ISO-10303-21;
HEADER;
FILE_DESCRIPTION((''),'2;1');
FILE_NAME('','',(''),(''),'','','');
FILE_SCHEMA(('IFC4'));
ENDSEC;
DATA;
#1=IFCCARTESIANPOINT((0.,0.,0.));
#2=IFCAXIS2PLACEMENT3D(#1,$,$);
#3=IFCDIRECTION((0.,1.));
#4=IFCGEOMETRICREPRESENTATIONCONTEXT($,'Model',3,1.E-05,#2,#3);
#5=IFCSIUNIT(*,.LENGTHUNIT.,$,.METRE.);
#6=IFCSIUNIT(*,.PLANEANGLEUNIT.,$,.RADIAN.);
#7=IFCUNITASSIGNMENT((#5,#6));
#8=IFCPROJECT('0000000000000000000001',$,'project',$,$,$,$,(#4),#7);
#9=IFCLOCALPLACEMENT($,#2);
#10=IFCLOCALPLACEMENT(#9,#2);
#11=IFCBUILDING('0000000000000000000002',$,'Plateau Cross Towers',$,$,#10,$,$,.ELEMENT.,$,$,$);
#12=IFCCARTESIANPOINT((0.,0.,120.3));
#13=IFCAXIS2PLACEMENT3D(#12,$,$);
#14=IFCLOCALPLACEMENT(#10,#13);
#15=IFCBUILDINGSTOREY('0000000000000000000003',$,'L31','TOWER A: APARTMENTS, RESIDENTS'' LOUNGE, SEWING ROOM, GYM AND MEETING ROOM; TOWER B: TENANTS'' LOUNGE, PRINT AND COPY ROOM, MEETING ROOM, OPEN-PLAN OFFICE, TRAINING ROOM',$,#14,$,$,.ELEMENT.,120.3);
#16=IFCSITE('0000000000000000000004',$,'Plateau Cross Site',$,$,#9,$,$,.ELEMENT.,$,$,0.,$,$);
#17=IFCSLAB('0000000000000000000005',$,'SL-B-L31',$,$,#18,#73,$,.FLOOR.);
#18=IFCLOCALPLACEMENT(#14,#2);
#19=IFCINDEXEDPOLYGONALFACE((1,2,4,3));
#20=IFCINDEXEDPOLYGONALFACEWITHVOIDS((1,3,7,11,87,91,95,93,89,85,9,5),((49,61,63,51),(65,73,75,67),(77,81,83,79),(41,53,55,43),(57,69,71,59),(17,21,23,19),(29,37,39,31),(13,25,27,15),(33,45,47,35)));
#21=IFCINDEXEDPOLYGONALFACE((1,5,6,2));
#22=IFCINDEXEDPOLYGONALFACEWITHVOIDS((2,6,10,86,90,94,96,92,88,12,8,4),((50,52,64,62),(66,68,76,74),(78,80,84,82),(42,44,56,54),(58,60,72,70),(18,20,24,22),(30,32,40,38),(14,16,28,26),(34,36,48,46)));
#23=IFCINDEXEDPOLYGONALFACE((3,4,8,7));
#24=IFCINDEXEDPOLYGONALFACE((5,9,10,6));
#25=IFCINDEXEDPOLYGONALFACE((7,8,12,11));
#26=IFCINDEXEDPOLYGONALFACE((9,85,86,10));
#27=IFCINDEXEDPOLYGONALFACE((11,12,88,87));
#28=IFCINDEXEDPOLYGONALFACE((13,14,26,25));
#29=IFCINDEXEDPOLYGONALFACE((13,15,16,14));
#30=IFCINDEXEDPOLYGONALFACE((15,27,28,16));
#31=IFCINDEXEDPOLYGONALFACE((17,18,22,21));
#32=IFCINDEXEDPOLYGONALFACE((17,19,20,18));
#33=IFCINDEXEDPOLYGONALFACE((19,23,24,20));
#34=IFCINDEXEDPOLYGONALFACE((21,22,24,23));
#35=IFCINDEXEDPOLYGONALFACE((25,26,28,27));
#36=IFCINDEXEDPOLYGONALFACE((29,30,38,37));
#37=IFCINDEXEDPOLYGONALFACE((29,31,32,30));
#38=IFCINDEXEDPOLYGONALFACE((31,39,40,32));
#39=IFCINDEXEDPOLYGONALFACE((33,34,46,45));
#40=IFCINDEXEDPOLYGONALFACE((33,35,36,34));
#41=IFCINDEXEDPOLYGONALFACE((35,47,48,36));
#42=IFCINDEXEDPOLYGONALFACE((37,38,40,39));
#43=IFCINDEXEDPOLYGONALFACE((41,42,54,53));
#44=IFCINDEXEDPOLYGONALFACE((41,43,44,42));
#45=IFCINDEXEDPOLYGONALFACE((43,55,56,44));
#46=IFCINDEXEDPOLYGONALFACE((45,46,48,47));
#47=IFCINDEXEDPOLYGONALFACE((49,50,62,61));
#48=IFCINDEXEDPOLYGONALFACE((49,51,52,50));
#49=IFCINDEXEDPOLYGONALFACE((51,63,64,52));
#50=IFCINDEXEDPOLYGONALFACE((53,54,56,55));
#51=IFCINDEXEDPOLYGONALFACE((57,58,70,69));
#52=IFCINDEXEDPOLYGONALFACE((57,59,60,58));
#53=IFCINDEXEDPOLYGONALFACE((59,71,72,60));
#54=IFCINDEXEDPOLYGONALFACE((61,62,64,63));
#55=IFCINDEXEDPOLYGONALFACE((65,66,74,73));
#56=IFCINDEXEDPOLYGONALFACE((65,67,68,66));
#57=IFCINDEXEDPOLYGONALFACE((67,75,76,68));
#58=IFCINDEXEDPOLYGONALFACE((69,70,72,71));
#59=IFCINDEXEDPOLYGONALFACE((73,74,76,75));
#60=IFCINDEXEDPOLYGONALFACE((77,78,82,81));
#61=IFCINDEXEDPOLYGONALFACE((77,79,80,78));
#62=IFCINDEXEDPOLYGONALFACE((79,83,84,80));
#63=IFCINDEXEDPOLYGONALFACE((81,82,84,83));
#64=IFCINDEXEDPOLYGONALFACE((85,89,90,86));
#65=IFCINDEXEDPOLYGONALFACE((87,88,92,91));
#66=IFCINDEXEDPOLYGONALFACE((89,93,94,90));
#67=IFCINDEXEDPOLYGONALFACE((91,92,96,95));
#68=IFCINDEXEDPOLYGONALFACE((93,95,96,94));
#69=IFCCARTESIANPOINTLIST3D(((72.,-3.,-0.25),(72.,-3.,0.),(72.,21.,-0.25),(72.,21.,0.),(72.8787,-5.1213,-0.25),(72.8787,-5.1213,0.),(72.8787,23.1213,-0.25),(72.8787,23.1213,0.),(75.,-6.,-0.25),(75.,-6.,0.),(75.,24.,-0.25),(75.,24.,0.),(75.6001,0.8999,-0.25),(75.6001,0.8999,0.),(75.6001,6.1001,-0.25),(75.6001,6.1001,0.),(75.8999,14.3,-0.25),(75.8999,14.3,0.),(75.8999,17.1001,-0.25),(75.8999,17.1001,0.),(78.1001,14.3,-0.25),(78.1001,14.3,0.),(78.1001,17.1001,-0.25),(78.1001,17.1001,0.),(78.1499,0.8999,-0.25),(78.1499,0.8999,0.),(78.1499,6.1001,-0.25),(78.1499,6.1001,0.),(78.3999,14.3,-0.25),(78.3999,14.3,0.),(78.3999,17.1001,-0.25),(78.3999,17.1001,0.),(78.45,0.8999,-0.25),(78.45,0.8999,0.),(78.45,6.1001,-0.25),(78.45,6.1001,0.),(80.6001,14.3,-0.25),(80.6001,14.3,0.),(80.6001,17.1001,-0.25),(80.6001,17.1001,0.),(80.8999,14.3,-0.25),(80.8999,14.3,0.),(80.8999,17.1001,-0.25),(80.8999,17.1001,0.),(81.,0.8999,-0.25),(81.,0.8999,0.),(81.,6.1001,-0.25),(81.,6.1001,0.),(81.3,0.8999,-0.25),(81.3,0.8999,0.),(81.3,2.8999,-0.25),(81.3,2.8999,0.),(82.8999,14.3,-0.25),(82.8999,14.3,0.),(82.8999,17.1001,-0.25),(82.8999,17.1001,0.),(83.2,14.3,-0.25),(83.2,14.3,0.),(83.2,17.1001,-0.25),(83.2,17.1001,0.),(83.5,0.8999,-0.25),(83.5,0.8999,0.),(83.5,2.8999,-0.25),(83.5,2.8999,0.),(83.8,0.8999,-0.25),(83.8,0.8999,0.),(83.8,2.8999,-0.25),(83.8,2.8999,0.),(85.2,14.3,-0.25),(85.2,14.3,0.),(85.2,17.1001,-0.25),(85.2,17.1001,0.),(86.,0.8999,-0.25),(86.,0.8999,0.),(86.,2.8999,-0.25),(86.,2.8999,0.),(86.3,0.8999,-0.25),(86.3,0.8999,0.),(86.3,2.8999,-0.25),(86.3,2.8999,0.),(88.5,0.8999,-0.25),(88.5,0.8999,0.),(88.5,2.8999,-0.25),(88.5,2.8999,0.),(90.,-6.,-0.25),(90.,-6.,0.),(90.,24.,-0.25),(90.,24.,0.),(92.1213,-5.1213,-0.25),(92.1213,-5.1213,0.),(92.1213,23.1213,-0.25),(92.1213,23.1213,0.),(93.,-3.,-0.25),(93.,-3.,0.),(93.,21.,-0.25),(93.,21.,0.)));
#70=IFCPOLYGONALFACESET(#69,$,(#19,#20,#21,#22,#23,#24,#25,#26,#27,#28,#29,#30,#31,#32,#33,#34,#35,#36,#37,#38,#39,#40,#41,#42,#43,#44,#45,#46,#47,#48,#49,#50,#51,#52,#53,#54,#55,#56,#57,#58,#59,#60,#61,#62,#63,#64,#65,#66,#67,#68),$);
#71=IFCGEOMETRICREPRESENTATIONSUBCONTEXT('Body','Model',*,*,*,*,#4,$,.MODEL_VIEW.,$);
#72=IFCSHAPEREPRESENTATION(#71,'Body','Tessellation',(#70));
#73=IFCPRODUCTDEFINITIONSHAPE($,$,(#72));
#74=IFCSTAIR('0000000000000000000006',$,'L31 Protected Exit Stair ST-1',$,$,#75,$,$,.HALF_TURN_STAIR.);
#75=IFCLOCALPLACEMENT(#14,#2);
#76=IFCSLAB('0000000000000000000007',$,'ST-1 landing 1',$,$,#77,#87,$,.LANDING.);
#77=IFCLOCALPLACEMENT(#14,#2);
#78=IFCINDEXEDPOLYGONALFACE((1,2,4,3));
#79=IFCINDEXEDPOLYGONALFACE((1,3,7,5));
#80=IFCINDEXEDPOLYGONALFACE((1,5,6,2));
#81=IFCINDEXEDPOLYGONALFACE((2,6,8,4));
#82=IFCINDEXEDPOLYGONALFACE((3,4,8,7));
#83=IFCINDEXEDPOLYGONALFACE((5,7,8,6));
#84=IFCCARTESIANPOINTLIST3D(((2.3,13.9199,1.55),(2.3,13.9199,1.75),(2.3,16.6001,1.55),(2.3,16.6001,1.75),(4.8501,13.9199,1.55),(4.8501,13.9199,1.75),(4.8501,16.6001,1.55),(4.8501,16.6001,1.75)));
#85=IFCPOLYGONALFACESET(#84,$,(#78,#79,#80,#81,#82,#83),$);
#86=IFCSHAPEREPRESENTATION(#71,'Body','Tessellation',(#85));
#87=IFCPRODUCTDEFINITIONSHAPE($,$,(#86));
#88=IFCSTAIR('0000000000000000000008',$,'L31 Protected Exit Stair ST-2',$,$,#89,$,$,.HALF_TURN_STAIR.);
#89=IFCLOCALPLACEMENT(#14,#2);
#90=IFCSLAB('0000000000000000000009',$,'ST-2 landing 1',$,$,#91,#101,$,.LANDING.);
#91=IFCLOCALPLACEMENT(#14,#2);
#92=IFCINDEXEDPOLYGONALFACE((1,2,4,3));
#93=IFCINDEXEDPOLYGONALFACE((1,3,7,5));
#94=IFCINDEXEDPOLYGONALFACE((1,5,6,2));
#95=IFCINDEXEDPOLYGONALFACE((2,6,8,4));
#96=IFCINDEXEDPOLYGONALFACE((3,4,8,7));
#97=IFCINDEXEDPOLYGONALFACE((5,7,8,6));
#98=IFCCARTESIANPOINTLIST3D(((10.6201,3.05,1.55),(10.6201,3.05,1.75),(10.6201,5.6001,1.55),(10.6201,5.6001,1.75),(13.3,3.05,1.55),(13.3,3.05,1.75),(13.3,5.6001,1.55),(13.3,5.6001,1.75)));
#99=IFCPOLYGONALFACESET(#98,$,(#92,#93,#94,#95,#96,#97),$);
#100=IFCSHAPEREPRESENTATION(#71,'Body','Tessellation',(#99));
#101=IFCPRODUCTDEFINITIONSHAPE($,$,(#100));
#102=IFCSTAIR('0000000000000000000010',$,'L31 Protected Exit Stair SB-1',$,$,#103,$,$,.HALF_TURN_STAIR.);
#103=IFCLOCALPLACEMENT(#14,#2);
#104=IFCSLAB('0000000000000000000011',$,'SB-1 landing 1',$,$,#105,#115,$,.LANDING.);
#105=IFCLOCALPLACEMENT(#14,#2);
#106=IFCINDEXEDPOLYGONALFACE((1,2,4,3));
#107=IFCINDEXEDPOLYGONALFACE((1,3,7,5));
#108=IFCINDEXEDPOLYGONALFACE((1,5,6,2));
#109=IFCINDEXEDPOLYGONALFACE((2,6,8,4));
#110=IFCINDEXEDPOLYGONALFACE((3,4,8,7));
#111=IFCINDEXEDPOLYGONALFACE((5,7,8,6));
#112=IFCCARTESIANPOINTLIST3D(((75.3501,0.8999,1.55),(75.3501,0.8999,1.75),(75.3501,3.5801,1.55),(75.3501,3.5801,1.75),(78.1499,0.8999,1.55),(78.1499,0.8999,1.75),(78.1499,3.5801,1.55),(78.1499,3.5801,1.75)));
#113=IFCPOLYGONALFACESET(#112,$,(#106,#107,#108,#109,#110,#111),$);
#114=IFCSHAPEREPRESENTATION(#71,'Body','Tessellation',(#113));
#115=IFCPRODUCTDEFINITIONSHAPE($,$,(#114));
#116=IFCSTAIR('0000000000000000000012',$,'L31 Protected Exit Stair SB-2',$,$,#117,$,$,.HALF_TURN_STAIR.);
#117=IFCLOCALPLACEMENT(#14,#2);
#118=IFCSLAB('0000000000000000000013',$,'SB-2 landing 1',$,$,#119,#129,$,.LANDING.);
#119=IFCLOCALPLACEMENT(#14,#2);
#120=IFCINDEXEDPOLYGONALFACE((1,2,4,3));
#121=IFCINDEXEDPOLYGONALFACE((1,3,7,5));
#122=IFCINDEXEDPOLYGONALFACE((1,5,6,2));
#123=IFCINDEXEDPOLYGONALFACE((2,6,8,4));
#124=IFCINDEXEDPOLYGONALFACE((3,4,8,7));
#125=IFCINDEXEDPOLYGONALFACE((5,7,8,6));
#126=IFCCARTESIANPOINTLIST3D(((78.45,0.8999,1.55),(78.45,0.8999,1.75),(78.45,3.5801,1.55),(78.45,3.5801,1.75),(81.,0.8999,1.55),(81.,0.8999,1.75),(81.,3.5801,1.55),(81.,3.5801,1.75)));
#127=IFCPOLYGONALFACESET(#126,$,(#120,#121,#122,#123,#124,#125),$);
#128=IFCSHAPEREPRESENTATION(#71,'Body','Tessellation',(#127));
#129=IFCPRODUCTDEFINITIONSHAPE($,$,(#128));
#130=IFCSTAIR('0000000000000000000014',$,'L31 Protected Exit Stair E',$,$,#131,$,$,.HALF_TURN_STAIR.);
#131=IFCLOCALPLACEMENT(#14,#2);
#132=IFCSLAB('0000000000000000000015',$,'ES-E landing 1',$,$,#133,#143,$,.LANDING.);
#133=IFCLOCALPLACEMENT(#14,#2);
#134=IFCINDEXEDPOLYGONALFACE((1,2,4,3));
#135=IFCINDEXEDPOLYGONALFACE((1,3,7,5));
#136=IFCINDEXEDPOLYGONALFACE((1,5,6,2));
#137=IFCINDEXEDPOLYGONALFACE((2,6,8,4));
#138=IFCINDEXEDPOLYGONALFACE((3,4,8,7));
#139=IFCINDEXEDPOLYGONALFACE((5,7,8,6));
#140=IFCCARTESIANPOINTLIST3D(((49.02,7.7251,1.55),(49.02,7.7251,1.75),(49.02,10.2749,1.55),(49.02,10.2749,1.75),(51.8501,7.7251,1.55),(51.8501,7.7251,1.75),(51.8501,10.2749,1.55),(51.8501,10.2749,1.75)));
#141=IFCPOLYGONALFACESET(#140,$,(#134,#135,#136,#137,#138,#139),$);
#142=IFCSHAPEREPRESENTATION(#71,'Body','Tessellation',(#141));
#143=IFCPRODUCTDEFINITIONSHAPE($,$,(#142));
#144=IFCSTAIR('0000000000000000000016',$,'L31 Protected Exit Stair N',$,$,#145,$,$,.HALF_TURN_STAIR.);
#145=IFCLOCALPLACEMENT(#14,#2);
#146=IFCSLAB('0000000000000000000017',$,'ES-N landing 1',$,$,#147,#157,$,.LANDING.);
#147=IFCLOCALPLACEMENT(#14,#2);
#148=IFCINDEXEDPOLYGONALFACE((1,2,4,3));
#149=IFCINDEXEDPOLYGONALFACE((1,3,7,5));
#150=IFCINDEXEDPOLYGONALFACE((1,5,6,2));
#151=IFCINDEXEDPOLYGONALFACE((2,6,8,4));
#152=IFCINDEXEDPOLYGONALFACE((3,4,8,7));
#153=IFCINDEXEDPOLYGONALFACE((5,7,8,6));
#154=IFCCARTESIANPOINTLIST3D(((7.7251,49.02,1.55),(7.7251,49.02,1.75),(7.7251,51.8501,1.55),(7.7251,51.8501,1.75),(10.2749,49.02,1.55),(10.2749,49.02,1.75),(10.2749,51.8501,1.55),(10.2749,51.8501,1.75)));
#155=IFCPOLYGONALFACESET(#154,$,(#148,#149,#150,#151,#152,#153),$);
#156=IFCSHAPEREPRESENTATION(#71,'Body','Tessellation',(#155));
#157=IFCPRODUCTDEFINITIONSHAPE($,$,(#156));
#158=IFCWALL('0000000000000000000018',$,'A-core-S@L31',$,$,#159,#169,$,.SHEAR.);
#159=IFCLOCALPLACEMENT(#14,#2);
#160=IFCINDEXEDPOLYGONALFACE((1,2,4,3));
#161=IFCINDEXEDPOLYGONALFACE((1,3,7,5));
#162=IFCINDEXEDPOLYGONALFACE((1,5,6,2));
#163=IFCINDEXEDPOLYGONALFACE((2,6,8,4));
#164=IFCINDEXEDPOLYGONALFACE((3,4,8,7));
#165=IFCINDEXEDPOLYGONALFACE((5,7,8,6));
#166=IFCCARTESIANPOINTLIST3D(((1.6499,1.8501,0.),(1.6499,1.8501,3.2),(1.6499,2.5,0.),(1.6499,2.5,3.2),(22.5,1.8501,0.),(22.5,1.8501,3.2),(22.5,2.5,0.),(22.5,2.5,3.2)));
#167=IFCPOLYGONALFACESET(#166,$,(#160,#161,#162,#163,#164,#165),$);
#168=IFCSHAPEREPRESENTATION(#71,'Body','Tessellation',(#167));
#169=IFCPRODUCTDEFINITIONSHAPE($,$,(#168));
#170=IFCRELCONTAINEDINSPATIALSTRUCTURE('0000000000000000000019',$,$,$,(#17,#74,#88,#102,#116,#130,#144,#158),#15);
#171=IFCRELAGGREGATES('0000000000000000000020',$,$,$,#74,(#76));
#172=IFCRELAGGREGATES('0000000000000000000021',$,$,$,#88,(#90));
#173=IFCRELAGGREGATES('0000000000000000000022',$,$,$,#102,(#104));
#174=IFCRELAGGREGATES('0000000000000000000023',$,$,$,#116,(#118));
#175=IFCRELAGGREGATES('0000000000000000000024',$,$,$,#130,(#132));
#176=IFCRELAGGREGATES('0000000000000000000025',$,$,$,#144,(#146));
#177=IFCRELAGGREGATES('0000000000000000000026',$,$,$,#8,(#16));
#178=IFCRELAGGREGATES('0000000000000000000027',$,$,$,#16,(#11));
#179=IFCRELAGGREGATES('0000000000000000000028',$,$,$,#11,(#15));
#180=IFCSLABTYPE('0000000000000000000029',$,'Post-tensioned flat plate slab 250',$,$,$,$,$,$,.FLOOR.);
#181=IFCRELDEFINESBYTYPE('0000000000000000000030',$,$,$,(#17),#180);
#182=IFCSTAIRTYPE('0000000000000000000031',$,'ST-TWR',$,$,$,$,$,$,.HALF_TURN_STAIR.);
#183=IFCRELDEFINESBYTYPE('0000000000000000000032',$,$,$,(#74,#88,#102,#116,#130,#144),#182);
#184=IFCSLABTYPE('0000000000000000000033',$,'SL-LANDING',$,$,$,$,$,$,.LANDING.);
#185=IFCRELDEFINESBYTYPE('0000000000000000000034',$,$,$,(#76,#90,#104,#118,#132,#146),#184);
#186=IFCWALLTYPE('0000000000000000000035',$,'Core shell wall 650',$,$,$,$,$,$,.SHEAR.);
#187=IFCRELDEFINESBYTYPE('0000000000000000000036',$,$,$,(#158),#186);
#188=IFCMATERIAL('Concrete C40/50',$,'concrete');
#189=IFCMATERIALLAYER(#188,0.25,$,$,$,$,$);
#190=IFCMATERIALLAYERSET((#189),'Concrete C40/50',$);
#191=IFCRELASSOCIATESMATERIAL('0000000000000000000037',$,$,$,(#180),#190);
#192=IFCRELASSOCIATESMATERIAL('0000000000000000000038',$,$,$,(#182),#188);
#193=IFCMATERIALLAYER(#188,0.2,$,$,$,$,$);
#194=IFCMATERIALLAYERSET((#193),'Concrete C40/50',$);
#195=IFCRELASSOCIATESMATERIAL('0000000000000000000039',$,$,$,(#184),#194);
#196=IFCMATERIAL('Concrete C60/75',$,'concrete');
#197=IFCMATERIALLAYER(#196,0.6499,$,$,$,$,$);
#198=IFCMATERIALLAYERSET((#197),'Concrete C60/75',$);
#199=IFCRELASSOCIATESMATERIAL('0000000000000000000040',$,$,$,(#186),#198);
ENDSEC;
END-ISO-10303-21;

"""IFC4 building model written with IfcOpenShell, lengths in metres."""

from ifc_helpers import new_model, si_unit, direction, frame, frame_2d, origin, place, context, subcontext, project, spatial, polyline, rectangle, outline, extrude, material, layer, layer_set, type_object, element, aggregate, save


model = new_model("IFC4")

# Units and contexts
model_context = context("Model", 3, precision=1e-05, world=origin(), true_north=direction((0.0, 1.0)))
body_context = subcontext(model_context, "Body", "Model", "MODEL_VIEW")
ifc_project = project(units=[si_unit("LENGTHUNIT", "METRE"), si_unit("PLANEANGLEUNIT", "RADIAN")], contexts=[model_context])

# Site, building, storey
site_placement = place(None, origin())
site = spatial("IfcSite", under=ifc_project, at=site_placement, Name="Plateau Cross Site", CompositionType="ELEMENT", RefElevation=0.0)
building_placement = place(site_placement, origin())
building = spatial("IfcBuilding", under=site, at=building_placement, Name="Plateau Cross Towers", CompositionType="ELEMENT")
storey_placement = place(building_placement, frame((0.0, 0.0, 120.3)))
storey = spatial("IfcBuildingStorey", under=building, at=storey_placement, Name="L31", Description="TOWER A: APARTMENTS, RESIDENTS' LOUNGE, SEWING ROOM, GYM AND MEETING ROOM; TOWER B: TENANTS' LOUNGE, PRINT AND COPY ROOM, MEETING ROOM, OPEN-PLAN OFFICE, TRAINING ROOM", CompositionType="ELEMENT", Elevation=120.3)

# Shared definitions
ifc_material_1 = material(Name="Concrete C60/75", Category="concrete")

# Shared definitions
ifc_material_2 = material(Name="Concrete C40/50", Category="concrete")

# Slab
ifc_layer_1 = layer(ifc_material_2, 0.25)
ifc_layer_set_1 = layer_set([ifc_layer_1], Name="Concrete C40/50")
slab_type_1 = type_object("IfcSlabType", Name="Post-tensioned flat plate slab 250", PredefinedType="FLOOR", material=ifc_layer_set_1)
slab_1_placement = place(storey_placement, frame((0.0, 0.0, -0.25)))
element("IfcSlab", 1, at=slab_1_placement, inside=storey, type_object=slab_type_1, Name="SL-B-L31", PredefinedType="FLOOR", context=body_context, shape_type="SweptSolid", body=[
    extrude(outline(polyline([(72.8787, -5.1213), (72.0, -3.0), (72.0, 21.0), (72.8787, 23.1213), (75.0, 24.0), (90.0, 24.0), (92.1213, 23.1213), (93.0, 21.0), (93.0, -3.0), (92.1213, -5.1213), (90.0, -6.0), (75.0, -6.0), (72.8787, -5.1213)]), holes=[polyline([(75.6001, 0.8999), (78.1499, 0.8999), (78.1499, 6.1001), (75.6001, 6.1001), (75.6001, 0.8999)]), polyline([(83.5, 0.8999), (83.5, 2.8999), (81.3, 2.8999), (81.3, 0.8999), (83.5, 0.8999)]), polyline([(86.0, 0.8999), (86.0, 2.8999), (83.8, 2.8999), (83.8, 0.8999), (86.0, 0.8999)]), polyline([(88.5, 0.8999), (88.5, 2.8999), (86.3, 2.8999), (86.3, 0.8999), (88.5, 0.8999)]), polyline([(78.45, 0.8999), (81.0, 0.8999), (81.0, 6.1001), (78.45, 6.1001), (78.45, 0.8999)]), polyline([(78.1001, 14.3), (78.1001, 17.1001), (75.8999, 17.1001), (75.8999, 14.3), (78.1001, 14.3)]), polyline([(80.6001, 14.3), (80.6001, 17.1001), (78.3999, 17.1001), (78.3999, 14.3), (80.6001, 14.3)]), polyline([(82.8999, 14.3), (82.8999, 17.1001), (80.8999, 17.1001), (80.8999, 14.3), (82.8999, 14.3)]), polyline([(85.2, 14.3), (85.2, 17.1001), (83.2, 17.1001), (83.2, 14.3), (85.2, 14.3)])]), origin(), (0.0, 0.0, 1.0), 0.25),
])

# Stairs, slabs
stair_type = type_object("IfcStairType", Name="ST-TWR", PredefinedType="HALF_TURN_STAIR", material=ifc_material_2)
stair_1_placement = place(storey_placement, origin())
stair_1 = element("IfcStair", 2, at=stair_1_placement, inside=storey, type_object=stair_type, Name="L31 Protected Exit Stair ST-1", PredefinedType="HALF_TURN_STAIR")
ifc_layer_2 = layer(ifc_material_2, 0.2)
ifc_layer_set_2 = layer_set([ifc_layer_2], Name="Concrete C40/50")
slab_type_2 = type_object("IfcSlabType", Name="SL-LANDING", PredefinedType="LANDING", material=ifc_layer_set_2)
slab_2_placement = place(storey_placement, frame((0.0, 0.0, 1.55)))
slab_2 = element("IfcSlab", 3, at=slab_2_placement, type_object=slab_type_2, Name="ST-1 landing 1", PredefinedType="LANDING", context=body_context, shape_type="SweptSolid", body=[
    extrude(outline(polyline([(4.8501, 13.9199), (4.8501, 16.6001), (2.3, 16.6001), (2.3, 13.9199), (4.8501, 13.9199)])), origin(), (0.0, 0.0, 1.0), 0.2),
])
aggregate(stair_1, [slab_2])
stair_2_placement = place(storey_placement, origin())
stair_2 = element("IfcStair", 4, at=stair_2_placement, inside=storey, type_object=stair_type, Name="L31 Protected Exit Stair ST-2", PredefinedType="HALF_TURN_STAIR")
slab_3_placement = place(storey_placement, frame((0.0, 0.0, 1.55)))
slab_3 = element("IfcSlab", 5, at=slab_3_placement, type_object=slab_type_2, Name="ST-2 landing 1", PredefinedType="LANDING", context=body_context, shape_type="SweptSolid", body=[
    extrude(outline(polyline([(10.6201, 3.05), (13.3, 3.05), (13.3, 5.6001), (10.6201, 5.6001), (10.6201, 3.05)])), origin(), (0.0, 0.0, 1.0), 0.2),
])
aggregate(stair_2, [slab_3])
stair_3_placement = place(storey_placement, origin())
stair_3 = element("IfcStair", 6, at=stair_3_placement, inside=storey, type_object=stair_type, Name="L31 Protected Exit Stair SB-1", PredefinedType="HALF_TURN_STAIR")
slab_4_placement = place(storey_placement, frame((0.0, 0.0, 1.55)))
slab_4 = element("IfcSlab", 7, at=slab_4_placement, type_object=slab_type_2, Name="SB-1 landing 1", PredefinedType="LANDING", context=body_context, shape_type="SweptSolid", body=[
    extrude(outline(polyline([(75.3501, 3.5801), (75.3501, 0.8999), (78.1499, 0.8999), (78.1499, 3.5801), (75.3501, 3.5801)])), origin(), (0.0, 0.0, 1.0), 0.2),
])
aggregate(stair_3, [slab_4])
stair_4_placement = place(storey_placement, origin())
stair_4 = element("IfcStair", 8, at=stair_4_placement, inside=storey, type_object=stair_type, Name="L31 Protected Exit Stair SB-2", PredefinedType="HALF_TURN_STAIR")
slab_5_placement = place(storey_placement, frame((0.0, 0.0, 1.55)))
slab_5 = element("IfcSlab", 9, at=slab_5_placement, type_object=slab_type_2, Name="SB-2 landing 1", PredefinedType="LANDING", context=body_context, shape_type="SweptSolid", body=[
    extrude(outline(polyline([(78.45, 3.5801), (78.45, 0.8999), (81.0, 0.8999), (81.0, 3.5801), (78.45, 3.5801)])), origin(), (0.0, 0.0, 1.0), 0.2),
])
aggregate(stair_4, [slab_5])
stair_5_placement = place(storey_placement, origin())
stair_5 = element("IfcStair", 10, at=stair_5_placement, inside=storey, type_object=stair_type, Name="L31 Protected Exit Stair E", PredefinedType="HALF_TURN_STAIR")
slab_6_placement = place(storey_placement, frame((0.0, 0.0, 1.55)))
slab_6 = element("IfcSlab", 11, at=slab_6_placement, type_object=slab_type_2, Name="ES-E landing 1", PredefinedType="LANDING", context=body_context, shape_type="SweptSolid", body=[
    extrude(outline(polyline([(49.02, 7.7251), (51.8501, 7.7251), (51.8501, 10.2749), (49.02, 10.2749), (49.02, 7.7251)])), origin(), (0.0, 0.0, 1.0), 0.2),
])
aggregate(stair_5, [slab_6])
stair_6_placement = place(storey_placement, origin())
stair_6 = element("IfcStair", 12, at=stair_6_placement, inside=storey, type_object=stair_type, Name="L31 Protected Exit Stair N", PredefinedType="HALF_TURN_STAIR")
slab_7_placement = place(storey_placement, frame((0.0, 0.0, 1.55)))
slab_7 = element("IfcSlab", 13, at=slab_7_placement, type_object=slab_type_2, Name="ES-N landing 1", PredefinedType="LANDING", context=body_context, shape_type="SweptSolid", body=[
    extrude(outline(polyline([(10.2749, 49.02), (10.2749, 51.8501), (7.7251, 51.8501), (7.7251, 49.02), (10.2749, 49.02)])), origin(), (0.0, 0.0, 1.0), 0.2),
])
aggregate(stair_6, [slab_7])

# Wall
ifc_layer_3 = layer(ifc_material_1, 0.6499)
ifc_layer_set_3 = layer_set([ifc_layer_3], Name="Concrete C60/75")
wall_type = type_object("IfcWallType", Name="Core shell wall 650", PredefinedType="SHEAR", material=ifc_layer_set_3)
wall_placement = place(storey_placement, frame((1.6499, 2.175, 0.0), z_axis=(0.0, 0.0, 1.0), x_axis=(1.0, 0.0, 0.0)))
element("IfcWall", 14, at=wall_placement, inside=storey, type_object=wall_type, Name="A-core-S@L31", PredefinedType="SHEAR", context=body_context, shape_type="SweptSolid", body=[
    extrude(rectangle(XDim=20.8501, YDim=0.6499, at=frame_2d((10.425, 0.0))), origin(), (0.0, 0.0, 1.0), 3.2),
])

save(model, "model.ifc")
